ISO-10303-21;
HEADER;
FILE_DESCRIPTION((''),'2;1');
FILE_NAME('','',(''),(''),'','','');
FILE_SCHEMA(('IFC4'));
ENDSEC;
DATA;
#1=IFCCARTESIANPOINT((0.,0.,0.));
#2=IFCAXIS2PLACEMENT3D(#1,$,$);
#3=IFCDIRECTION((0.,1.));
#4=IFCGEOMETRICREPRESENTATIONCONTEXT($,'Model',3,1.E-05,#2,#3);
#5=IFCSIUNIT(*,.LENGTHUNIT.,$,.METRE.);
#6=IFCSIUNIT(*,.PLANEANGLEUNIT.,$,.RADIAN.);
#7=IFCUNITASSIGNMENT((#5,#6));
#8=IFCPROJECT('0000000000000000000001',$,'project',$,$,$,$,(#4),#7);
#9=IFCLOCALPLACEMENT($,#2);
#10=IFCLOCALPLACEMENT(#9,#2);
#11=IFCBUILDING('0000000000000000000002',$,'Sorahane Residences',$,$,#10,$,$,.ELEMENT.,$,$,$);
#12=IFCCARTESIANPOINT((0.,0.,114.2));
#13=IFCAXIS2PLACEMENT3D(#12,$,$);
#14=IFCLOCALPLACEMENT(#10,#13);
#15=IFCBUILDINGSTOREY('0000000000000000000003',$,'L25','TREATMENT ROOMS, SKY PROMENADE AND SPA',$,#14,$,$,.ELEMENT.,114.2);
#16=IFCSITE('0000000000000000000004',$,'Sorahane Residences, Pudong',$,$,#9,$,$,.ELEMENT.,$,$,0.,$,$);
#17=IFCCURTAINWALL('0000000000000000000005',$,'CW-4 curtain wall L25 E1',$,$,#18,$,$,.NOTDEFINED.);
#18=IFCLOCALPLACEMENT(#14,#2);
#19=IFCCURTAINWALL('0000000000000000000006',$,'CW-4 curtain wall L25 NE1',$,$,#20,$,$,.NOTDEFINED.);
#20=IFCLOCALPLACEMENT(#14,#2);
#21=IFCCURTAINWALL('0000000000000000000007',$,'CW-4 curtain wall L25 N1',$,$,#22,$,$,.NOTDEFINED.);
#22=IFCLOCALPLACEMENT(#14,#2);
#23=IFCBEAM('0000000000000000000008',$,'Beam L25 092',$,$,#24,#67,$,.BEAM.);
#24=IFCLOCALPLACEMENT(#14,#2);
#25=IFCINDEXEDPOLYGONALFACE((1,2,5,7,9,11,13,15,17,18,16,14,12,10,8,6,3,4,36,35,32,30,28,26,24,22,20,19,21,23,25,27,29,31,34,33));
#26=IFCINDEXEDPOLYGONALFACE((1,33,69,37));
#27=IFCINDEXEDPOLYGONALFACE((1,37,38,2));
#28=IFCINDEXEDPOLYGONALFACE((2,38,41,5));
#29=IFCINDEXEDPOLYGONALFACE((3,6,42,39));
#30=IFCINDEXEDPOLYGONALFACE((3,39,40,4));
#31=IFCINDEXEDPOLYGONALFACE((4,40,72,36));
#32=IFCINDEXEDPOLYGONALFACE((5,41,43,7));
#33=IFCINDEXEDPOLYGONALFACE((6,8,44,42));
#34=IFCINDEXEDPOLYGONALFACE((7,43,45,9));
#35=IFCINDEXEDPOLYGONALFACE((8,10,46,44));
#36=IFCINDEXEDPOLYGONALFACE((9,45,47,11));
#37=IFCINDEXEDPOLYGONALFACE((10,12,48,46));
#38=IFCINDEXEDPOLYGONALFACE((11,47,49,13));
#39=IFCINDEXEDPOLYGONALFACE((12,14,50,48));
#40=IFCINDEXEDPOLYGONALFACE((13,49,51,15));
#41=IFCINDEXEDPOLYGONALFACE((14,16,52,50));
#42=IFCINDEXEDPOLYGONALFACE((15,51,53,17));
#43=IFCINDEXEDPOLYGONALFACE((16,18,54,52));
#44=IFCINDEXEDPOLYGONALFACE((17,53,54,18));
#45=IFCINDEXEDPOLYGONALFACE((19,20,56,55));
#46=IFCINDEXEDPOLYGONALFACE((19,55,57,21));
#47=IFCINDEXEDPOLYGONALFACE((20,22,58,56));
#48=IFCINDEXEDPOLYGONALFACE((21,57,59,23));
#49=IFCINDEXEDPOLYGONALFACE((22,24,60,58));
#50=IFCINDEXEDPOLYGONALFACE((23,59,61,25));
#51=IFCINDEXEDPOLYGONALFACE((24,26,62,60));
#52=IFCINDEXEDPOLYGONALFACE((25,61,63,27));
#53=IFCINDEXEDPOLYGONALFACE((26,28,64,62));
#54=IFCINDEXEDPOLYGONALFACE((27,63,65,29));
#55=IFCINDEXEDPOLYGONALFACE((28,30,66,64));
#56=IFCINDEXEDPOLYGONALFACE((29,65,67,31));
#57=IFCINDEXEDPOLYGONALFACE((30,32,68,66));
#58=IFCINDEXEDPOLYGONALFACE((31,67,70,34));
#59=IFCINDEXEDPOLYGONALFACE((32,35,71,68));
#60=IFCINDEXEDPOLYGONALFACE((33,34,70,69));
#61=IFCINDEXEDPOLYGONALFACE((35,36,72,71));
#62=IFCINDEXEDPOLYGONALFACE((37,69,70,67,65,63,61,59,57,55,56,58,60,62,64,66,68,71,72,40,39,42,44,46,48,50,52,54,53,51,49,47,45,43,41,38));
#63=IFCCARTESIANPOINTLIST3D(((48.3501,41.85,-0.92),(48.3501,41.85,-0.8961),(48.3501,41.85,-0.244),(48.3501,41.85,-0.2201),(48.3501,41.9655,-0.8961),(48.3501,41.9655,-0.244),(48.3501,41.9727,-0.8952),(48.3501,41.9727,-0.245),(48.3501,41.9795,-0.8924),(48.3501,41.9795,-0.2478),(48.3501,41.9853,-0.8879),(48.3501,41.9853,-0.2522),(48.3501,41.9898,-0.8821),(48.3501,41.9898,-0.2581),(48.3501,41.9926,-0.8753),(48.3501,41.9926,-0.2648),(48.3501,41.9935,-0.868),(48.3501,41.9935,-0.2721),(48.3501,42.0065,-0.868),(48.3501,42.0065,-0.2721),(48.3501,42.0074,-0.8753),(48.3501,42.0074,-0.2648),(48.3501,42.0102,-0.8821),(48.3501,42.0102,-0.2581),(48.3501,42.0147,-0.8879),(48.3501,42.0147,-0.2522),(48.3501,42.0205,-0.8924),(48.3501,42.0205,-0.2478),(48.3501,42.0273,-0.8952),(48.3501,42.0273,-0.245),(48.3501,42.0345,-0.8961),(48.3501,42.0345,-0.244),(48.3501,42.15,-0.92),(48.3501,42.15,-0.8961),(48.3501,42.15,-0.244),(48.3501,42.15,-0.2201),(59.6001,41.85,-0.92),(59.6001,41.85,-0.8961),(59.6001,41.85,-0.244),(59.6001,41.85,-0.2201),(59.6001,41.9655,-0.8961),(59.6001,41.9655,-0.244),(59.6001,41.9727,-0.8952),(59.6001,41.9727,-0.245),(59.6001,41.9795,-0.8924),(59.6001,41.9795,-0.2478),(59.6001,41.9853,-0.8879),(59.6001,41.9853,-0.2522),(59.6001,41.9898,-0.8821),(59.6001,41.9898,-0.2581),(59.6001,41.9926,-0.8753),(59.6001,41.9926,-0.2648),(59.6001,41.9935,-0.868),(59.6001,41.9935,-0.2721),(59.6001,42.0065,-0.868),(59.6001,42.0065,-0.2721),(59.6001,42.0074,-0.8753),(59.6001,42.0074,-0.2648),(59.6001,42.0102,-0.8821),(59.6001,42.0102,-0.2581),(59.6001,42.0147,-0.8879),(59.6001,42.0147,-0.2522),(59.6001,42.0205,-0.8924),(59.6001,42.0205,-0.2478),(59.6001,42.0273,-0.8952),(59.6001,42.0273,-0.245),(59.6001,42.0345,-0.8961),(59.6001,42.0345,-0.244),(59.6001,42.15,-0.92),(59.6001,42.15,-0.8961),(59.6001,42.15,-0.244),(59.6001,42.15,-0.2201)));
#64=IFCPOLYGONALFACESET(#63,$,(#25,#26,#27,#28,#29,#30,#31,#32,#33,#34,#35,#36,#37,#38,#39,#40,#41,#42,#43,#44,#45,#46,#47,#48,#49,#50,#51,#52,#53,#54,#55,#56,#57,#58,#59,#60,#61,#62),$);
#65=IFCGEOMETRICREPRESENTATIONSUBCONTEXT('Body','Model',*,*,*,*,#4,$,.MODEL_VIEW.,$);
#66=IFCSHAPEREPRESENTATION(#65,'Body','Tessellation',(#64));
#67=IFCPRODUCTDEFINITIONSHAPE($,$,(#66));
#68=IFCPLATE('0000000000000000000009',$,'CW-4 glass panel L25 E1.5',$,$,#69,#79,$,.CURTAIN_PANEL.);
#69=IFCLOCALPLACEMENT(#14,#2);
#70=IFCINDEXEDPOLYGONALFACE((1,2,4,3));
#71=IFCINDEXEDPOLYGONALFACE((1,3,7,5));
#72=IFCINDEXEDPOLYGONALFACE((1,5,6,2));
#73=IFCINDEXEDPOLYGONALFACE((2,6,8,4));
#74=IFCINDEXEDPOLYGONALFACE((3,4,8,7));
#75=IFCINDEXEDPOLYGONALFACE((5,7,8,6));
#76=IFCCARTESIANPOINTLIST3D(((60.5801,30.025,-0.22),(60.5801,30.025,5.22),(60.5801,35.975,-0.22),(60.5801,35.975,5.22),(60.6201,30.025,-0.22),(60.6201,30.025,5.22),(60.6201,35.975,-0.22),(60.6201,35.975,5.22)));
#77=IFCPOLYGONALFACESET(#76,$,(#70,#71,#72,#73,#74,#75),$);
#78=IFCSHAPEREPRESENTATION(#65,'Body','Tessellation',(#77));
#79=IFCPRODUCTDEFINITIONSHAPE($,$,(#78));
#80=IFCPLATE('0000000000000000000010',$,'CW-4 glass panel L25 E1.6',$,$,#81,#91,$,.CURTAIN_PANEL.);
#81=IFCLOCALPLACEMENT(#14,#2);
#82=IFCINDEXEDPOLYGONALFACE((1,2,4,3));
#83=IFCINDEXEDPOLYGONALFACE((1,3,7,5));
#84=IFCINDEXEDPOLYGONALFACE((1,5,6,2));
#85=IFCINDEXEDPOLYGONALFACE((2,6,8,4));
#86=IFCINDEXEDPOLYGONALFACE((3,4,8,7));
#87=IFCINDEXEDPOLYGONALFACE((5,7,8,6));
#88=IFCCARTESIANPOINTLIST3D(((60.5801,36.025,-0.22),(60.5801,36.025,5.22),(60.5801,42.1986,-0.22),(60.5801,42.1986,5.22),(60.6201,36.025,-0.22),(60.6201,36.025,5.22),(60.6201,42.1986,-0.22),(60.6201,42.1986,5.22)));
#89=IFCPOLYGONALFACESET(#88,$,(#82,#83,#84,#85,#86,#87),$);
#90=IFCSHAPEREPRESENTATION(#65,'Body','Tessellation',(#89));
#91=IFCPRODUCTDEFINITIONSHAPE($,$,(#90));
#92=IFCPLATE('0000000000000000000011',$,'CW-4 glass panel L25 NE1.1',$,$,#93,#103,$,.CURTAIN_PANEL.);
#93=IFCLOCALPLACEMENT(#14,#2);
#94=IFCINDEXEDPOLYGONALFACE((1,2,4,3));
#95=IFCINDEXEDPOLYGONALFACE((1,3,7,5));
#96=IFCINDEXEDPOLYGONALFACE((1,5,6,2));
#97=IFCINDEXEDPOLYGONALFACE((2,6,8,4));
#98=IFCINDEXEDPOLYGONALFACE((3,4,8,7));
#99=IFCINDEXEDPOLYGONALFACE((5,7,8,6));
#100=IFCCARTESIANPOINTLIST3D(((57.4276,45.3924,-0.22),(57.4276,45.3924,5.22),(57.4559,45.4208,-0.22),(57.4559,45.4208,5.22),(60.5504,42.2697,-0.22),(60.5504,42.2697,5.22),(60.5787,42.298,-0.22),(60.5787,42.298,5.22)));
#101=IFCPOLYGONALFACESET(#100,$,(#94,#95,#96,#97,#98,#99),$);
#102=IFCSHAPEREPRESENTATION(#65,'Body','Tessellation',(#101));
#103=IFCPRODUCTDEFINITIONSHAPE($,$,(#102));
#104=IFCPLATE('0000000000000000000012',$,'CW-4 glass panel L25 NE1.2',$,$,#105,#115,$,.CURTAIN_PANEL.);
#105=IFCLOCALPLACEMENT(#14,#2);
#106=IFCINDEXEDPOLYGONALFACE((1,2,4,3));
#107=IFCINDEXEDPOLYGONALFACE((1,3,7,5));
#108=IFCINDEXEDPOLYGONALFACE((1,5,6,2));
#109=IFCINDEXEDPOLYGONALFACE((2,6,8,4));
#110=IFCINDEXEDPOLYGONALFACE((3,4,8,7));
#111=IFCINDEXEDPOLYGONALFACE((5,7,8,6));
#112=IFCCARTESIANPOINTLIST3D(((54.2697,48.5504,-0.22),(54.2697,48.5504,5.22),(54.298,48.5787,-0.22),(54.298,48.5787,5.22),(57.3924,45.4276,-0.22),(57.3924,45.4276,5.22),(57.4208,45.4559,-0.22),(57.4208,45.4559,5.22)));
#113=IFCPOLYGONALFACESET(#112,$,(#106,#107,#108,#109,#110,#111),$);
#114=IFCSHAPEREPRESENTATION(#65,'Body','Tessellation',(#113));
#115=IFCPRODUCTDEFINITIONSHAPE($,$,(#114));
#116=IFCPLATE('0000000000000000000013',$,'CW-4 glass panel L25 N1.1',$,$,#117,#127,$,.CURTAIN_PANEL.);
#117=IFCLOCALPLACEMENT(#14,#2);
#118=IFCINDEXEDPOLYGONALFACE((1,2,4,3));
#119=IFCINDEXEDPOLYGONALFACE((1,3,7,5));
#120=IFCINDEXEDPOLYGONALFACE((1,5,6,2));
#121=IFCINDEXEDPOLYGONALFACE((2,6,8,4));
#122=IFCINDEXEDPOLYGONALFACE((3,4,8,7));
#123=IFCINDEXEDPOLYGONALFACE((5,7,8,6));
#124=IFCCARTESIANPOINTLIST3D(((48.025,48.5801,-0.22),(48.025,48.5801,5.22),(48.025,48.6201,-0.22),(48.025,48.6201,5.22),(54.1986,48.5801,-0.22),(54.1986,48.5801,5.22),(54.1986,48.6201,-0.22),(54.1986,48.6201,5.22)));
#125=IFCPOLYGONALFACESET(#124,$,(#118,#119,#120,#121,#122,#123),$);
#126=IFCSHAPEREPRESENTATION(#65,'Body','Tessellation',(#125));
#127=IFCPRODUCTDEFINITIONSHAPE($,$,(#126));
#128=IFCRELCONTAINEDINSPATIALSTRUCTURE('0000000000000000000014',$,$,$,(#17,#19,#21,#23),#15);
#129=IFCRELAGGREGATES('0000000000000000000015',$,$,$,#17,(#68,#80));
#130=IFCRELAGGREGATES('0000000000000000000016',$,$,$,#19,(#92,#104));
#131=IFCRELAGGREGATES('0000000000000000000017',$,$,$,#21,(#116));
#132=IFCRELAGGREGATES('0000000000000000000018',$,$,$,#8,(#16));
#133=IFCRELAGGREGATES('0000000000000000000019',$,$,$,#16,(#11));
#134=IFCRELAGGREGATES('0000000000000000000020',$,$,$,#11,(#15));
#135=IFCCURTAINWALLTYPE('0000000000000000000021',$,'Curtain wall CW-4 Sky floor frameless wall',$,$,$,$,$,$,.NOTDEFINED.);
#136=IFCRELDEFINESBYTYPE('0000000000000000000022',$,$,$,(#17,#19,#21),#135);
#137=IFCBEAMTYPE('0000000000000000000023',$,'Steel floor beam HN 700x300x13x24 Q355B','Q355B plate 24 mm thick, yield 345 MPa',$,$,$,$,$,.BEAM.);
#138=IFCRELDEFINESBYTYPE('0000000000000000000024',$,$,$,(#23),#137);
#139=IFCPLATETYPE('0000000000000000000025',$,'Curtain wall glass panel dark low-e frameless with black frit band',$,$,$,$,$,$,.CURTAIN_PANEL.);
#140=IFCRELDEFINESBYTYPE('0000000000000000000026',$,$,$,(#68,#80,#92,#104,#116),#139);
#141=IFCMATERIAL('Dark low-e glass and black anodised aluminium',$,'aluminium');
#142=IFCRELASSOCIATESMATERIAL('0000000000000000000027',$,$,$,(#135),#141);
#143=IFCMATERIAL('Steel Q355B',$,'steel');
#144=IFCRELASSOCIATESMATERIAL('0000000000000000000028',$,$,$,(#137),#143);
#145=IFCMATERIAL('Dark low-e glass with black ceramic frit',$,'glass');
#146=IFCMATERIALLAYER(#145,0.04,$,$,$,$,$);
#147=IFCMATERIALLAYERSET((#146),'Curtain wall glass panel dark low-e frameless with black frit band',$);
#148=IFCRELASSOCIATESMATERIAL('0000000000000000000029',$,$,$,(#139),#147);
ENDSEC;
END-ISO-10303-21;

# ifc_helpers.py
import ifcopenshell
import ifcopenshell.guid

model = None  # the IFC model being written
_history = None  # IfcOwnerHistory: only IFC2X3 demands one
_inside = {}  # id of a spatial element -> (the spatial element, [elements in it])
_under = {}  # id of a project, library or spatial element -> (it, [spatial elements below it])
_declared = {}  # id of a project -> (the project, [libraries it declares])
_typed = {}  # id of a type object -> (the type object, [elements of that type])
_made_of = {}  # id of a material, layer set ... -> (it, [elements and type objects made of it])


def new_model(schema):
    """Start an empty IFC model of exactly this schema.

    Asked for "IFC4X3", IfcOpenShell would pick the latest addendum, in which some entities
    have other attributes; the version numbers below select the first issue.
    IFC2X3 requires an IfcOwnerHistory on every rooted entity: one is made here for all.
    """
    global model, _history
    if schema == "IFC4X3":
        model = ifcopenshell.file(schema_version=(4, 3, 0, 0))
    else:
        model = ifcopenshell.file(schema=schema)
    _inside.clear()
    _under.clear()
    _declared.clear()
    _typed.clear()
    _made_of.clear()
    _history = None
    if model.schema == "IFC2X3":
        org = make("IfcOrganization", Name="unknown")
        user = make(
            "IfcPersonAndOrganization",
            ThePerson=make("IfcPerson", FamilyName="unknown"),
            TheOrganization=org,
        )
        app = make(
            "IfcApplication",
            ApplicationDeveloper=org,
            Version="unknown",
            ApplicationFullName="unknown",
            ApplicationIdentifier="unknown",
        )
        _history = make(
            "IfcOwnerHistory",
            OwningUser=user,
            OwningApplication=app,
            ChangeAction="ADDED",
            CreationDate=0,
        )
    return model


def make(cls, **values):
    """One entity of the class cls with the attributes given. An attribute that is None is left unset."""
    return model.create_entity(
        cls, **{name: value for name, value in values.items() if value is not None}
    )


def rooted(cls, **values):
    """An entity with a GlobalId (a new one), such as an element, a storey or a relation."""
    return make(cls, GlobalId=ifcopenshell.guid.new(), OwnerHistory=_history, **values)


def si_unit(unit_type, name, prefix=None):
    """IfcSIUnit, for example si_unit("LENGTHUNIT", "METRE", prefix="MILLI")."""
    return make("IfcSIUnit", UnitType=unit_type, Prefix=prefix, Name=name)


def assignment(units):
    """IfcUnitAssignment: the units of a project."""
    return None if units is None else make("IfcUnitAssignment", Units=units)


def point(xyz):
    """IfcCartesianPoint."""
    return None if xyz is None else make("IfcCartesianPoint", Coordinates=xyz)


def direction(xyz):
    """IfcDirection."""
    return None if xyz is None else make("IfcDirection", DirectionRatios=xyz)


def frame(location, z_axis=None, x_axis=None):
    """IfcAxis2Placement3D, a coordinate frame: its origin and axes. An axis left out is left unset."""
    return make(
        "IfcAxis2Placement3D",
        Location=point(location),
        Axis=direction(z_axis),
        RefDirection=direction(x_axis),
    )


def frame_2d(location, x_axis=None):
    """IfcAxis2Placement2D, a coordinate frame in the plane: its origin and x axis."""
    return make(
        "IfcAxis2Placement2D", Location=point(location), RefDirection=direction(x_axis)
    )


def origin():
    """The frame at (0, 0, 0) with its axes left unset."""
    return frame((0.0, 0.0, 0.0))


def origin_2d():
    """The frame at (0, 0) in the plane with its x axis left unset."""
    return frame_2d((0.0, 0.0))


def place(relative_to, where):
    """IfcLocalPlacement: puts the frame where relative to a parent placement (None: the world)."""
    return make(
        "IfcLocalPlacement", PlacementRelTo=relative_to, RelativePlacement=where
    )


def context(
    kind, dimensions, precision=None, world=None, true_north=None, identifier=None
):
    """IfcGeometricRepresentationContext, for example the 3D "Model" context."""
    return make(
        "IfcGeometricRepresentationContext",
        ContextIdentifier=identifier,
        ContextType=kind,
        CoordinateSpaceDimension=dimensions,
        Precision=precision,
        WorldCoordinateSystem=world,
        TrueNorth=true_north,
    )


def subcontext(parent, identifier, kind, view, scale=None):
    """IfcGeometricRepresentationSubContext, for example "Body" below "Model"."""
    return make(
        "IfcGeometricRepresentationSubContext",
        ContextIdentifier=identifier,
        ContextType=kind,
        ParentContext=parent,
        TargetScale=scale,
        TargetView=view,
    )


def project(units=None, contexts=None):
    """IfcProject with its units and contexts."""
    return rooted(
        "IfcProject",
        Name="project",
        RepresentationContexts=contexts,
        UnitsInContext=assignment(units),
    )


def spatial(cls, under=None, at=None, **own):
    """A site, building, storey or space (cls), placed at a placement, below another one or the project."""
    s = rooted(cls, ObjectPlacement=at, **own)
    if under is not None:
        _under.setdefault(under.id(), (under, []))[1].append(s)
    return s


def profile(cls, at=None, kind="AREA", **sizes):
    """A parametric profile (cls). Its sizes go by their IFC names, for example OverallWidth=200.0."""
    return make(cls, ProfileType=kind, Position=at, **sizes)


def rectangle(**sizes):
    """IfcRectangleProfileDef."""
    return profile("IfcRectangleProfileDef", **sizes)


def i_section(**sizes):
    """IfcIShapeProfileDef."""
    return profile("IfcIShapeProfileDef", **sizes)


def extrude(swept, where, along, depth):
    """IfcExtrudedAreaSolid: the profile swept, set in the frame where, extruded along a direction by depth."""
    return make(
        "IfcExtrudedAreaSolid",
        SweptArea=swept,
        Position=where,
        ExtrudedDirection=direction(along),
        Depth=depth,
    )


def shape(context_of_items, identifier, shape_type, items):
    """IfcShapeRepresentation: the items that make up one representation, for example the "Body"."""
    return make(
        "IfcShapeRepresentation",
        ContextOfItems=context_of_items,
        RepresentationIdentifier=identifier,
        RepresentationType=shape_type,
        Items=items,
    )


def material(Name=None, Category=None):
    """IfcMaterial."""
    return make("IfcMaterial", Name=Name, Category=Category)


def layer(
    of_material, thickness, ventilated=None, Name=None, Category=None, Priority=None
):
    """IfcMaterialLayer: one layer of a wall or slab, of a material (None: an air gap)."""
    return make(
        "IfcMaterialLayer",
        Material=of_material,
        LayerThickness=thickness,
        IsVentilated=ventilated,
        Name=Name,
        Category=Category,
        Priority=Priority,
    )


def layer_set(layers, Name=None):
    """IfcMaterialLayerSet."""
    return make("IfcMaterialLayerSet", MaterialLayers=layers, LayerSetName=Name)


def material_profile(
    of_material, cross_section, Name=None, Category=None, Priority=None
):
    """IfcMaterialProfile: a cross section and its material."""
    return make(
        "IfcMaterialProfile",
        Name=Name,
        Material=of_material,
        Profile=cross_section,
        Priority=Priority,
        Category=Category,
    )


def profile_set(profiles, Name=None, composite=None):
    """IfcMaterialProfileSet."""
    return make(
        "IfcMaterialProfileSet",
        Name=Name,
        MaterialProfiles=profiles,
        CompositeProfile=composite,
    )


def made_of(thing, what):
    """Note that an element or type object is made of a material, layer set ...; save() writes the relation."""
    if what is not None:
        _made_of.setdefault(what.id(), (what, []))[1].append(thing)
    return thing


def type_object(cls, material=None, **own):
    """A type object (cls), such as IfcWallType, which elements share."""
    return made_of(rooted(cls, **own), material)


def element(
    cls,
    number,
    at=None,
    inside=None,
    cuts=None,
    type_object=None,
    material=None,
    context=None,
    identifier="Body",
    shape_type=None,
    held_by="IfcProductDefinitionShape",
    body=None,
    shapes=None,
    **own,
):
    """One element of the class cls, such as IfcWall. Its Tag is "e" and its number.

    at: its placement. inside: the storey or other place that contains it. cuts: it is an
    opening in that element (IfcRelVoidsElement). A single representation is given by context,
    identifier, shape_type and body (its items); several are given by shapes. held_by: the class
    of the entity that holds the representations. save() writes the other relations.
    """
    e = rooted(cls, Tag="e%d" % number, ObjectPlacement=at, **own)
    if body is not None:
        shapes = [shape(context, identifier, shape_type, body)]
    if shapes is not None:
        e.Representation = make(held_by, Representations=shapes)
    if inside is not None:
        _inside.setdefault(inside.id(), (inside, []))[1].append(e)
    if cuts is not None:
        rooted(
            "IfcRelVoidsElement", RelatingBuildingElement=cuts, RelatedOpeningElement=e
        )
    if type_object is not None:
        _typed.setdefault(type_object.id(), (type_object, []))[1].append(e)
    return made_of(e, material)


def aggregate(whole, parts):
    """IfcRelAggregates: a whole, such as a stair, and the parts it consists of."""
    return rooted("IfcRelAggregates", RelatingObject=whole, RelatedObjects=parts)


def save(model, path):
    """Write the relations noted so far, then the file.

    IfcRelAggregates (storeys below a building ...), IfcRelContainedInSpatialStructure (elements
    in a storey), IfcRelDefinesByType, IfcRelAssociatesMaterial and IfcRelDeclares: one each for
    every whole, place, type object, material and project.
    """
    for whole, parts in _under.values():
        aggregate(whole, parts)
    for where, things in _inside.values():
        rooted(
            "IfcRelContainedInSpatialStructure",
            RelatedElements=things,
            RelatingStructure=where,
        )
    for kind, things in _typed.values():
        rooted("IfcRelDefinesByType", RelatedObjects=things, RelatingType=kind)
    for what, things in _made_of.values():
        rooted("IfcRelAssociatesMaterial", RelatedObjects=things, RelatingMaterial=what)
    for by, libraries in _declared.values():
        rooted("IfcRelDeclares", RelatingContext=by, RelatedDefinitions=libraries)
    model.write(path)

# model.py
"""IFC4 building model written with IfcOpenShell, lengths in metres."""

from ifc_helpers import new_model, si_unit, direction, frame, origin, origin_2d, place, context, subcontext, project, spatial, rectangle, i_section, extrude, material, layer, layer_set, material_profile, profile_set, type_object, element, aggregate, save


model = new_model("IFC4")

# Units and contexts
model_context = context("Model", 3, precision=1e-05, world=origin(), true_north=direction((0.0, 1.0)))
body_context = subcontext(model_context, "Body", "Model", "MODEL_VIEW")
ifc_project = project(units=[si_unit("LENGTHUNIT", "METRE"), si_unit("PLANEANGLEUNIT", "RADIAN")], contexts=[model_context])

# Site, building, storey
site_placement = place(None, origin())
site = spatial("IfcSite", under=ifc_project, at=site_placement, Name="Sorahane Residences, Pudong", CompositionType="ELEMENT", RefElevation=0.0)
building_placement = place(site_placement, origin())
building = spatial("IfcBuilding", under=site, at=building_placement, Name="Sorahane Residences", CompositionType="ELEMENT")
storey_placement = place(building_placement, frame((0.0, 0.0, 114.2)))
storey = spatial("IfcBuildingStorey", under=building, at=storey_placement, Name="L25", Description="TREATMENT ROOMS, SKY PROMENADE AND SPA", CompositionType="ELEMENT", Elevation=114.2)

# Curtain walls
ifc_material_1 = material(Name="Dark low-e glass and black anodised aluminium", Category="aluminium")
curtain_wall_type = type_object("IfcCurtainWallType", Name="Curtain wall CW-4 Sky floor frameless wall", PredefinedType="NOTDEFINED", material=ifc_material_1)
curtain_wall_1_placement = place(storey_placement, origin())
curtain_wall_1 = element("IfcCurtainWall", 1, at=curtain_wall_1_placement, inside=storey, type_object=curtain_wall_type, Name="CW-4 curtain wall L25 E1", PredefinedType="NOTDEFINED")
curtain_wall_2_placement = place(storey_placement, origin())
curtain_wall_2 = element("IfcCurtainWall", 2, at=curtain_wall_2_placement, inside=storey, type_object=curtain_wall_type, Name="CW-4 curtain wall L25 NE1", PredefinedType="NOTDEFINED")

# Curtain wall
curtain_wall_3_placement = place(storey_placement, origin())
curtain_wall_3 = element("IfcCurtainWall", 3, at=curtain_wall_3_placement, inside=storey, type_object=curtain_wall_type, Name="CW-4 curtain wall L25 N1", PredefinedType="NOTDEFINED")

# Beam
ifc_material_2 = material(Name="Steel Q355B", Category="steel")
ifc_material_profile_1 = material_profile(ifc_material_2, i_section(OverallWidth=0.3, OverallDepth=0.7, WebThickness=0.0129, FlangeThickness=0.0239, FilletRadius=0.0281, at=origin_2d()), Name="HN 700x300x13x24")
ifc_profile_set_1 = profile_set([ifc_material_profile_1], Name="Steel Q355B")
beam_type_1 = type_object("IfcBeamType", Name="Steel floor beam HN 700x300x13x24 Q355B", Description="Q355B plate 24 mm thick, yield 345 MPa", PredefinedType="BEAM", material=ifc_profile_set_1)
beam_1_placement = place(storey_placement, frame((48.3501, 42.0, -0.5701), z_axis=(1.0, 0.0, 0.0), x_axis=(0.0, 1.0, 0.0)))
element("IfcBeam", 4, at=beam_1_placement, inside=storey, type_object=beam_type_1, Name="Beam L25 092", PredefinedType="BEAM", context=body_context, shape_type="SweptSolid", body=[
    extrude(i_section(OverallWidth=0.3, OverallDepth=0.7, WebThickness=0.0129, FlangeThickness=0.0239, FilletRadius=0.0281, at=origin_2d()), origin(), (0.0, 0.0, 1.0), 11.25),
])

# Plates
ifc_material_3 = material(Name="Dark low-e glass with black ceramic frit", Category="glass")
ifc_layer = layer(ifc_material_3, 0.04)
ifc_layer_set = layer_set([ifc_layer], Name="Curtain wall glass panel dark low-e frameless with black frit band")
plate_type = type_object("IfcPlateType", Name="Curtain wall glass panel dark low-e frameless with black frit band", PredefinedType="CURTAIN_PANEL", material=ifc_layer_set)
plate_1_placement = place(storey_placement, frame((60.6001, 33.0, -0.22), z_axis=(0.0, 0.0, 1.0), x_axis=(0.0, 1.0, 0.0)))
plate_1 = element("IfcPlate", 5, at=plate_1_placement, type_object=plate_type, Name="CW-4 glass panel L25 E1.5", PredefinedType="CURTAIN_PANEL", context=body_context, shape_type="SweptSolid", body=[
    extrude(rectangle(XDim=5.95, YDim=0.04, at=origin_2d()), origin(), (0.0, 0.0, 1.0), 5.4399),
])
plate_2_placement = place(storey_placement, frame((60.6001, 39.1118, -0.22), z_axis=(0.0, 0.0, 1.0), x_axis=(0.0, 1.0, 0.0)))
plate_2 = element("IfcPlate", 6, at=plate_2_placement, type_object=plate_type, Name="CW-4 glass panel L25 E1.6", PredefinedType="CURTAIN_PANEL", context=body_context, shape_type="SweptSolid", body=[
    extrude(rectangle(XDim=6.1736, YDim=0.04, at=origin_2d()), origin(), (0.0, 0.0, 1.0), 5.4399),
])
aggregate(curtain_wall_1, [plate_1, plate_2])
plate_3_placement = place(storey_placement, frame((59.0032, 43.8452, -0.22), z_axis=(0.0, 0.0, 1.0), x_axis=(-0.707107, 0.707107, 0.0)))
plate_3 = element("IfcPlate", 7, at=plate_3_placement, type_object=plate_type, Name="CW-4 glass panel L25 NE1.1", PredefinedType="CURTAIN_PANEL", context=body_context, shape_type="SweptSolid", body=[
    extrude(rectangle(XDim=4.4163, YDim=0.04, at=origin_2d()), origin(), (0.0, 0.0, 1.0), 5.4399),
])
plate_4_placement = place(storey_placement, frame((55.8452, 47.0032, -0.22), z_axis=(0.0, 0.0, 1.0), x_axis=(-0.707107, 0.707107, 0.0)))
plate_4 = element("IfcPlate", 8, at=plate_4_placement, type_object=plate_type, Name="CW-4 glass panel L25 NE1.2", PredefinedType="CURTAIN_PANEL", context=body_context, shape_type="SweptSolid", body=[
    extrude(rectangle(XDim=4.4163, YDim=0.04, at=origin_2d()), origin(), (0.0, 0.0, 1.0), 5.4399),
])
aggregate(curtain_wall_2, [plate_3, plate_4])
plate_5_placement = place(storey_placement, frame((51.1118, 48.6001, -0.22), z_axis=(0.0, 0.0, 1.0), x_axis=(-1.0, 0.0, 0.0)))
plate_5 = element("IfcPlate", 9, at=plate_5_placement, type_object=plate_type, Name="CW-4 glass panel L25 N1.1", PredefinedType="CURTAIN_PANEL", context=body_context, shape_type="SweptSolid", body=[
    extrude(rectangle(XDim=6.1736, YDim=0.04, at=origin_2d()), origin(), (0.0, 0.0, 1.0), 5.4399),
])
aggregate(curtain_wall_3, [plate_5])

save(model, "model.ifc")
